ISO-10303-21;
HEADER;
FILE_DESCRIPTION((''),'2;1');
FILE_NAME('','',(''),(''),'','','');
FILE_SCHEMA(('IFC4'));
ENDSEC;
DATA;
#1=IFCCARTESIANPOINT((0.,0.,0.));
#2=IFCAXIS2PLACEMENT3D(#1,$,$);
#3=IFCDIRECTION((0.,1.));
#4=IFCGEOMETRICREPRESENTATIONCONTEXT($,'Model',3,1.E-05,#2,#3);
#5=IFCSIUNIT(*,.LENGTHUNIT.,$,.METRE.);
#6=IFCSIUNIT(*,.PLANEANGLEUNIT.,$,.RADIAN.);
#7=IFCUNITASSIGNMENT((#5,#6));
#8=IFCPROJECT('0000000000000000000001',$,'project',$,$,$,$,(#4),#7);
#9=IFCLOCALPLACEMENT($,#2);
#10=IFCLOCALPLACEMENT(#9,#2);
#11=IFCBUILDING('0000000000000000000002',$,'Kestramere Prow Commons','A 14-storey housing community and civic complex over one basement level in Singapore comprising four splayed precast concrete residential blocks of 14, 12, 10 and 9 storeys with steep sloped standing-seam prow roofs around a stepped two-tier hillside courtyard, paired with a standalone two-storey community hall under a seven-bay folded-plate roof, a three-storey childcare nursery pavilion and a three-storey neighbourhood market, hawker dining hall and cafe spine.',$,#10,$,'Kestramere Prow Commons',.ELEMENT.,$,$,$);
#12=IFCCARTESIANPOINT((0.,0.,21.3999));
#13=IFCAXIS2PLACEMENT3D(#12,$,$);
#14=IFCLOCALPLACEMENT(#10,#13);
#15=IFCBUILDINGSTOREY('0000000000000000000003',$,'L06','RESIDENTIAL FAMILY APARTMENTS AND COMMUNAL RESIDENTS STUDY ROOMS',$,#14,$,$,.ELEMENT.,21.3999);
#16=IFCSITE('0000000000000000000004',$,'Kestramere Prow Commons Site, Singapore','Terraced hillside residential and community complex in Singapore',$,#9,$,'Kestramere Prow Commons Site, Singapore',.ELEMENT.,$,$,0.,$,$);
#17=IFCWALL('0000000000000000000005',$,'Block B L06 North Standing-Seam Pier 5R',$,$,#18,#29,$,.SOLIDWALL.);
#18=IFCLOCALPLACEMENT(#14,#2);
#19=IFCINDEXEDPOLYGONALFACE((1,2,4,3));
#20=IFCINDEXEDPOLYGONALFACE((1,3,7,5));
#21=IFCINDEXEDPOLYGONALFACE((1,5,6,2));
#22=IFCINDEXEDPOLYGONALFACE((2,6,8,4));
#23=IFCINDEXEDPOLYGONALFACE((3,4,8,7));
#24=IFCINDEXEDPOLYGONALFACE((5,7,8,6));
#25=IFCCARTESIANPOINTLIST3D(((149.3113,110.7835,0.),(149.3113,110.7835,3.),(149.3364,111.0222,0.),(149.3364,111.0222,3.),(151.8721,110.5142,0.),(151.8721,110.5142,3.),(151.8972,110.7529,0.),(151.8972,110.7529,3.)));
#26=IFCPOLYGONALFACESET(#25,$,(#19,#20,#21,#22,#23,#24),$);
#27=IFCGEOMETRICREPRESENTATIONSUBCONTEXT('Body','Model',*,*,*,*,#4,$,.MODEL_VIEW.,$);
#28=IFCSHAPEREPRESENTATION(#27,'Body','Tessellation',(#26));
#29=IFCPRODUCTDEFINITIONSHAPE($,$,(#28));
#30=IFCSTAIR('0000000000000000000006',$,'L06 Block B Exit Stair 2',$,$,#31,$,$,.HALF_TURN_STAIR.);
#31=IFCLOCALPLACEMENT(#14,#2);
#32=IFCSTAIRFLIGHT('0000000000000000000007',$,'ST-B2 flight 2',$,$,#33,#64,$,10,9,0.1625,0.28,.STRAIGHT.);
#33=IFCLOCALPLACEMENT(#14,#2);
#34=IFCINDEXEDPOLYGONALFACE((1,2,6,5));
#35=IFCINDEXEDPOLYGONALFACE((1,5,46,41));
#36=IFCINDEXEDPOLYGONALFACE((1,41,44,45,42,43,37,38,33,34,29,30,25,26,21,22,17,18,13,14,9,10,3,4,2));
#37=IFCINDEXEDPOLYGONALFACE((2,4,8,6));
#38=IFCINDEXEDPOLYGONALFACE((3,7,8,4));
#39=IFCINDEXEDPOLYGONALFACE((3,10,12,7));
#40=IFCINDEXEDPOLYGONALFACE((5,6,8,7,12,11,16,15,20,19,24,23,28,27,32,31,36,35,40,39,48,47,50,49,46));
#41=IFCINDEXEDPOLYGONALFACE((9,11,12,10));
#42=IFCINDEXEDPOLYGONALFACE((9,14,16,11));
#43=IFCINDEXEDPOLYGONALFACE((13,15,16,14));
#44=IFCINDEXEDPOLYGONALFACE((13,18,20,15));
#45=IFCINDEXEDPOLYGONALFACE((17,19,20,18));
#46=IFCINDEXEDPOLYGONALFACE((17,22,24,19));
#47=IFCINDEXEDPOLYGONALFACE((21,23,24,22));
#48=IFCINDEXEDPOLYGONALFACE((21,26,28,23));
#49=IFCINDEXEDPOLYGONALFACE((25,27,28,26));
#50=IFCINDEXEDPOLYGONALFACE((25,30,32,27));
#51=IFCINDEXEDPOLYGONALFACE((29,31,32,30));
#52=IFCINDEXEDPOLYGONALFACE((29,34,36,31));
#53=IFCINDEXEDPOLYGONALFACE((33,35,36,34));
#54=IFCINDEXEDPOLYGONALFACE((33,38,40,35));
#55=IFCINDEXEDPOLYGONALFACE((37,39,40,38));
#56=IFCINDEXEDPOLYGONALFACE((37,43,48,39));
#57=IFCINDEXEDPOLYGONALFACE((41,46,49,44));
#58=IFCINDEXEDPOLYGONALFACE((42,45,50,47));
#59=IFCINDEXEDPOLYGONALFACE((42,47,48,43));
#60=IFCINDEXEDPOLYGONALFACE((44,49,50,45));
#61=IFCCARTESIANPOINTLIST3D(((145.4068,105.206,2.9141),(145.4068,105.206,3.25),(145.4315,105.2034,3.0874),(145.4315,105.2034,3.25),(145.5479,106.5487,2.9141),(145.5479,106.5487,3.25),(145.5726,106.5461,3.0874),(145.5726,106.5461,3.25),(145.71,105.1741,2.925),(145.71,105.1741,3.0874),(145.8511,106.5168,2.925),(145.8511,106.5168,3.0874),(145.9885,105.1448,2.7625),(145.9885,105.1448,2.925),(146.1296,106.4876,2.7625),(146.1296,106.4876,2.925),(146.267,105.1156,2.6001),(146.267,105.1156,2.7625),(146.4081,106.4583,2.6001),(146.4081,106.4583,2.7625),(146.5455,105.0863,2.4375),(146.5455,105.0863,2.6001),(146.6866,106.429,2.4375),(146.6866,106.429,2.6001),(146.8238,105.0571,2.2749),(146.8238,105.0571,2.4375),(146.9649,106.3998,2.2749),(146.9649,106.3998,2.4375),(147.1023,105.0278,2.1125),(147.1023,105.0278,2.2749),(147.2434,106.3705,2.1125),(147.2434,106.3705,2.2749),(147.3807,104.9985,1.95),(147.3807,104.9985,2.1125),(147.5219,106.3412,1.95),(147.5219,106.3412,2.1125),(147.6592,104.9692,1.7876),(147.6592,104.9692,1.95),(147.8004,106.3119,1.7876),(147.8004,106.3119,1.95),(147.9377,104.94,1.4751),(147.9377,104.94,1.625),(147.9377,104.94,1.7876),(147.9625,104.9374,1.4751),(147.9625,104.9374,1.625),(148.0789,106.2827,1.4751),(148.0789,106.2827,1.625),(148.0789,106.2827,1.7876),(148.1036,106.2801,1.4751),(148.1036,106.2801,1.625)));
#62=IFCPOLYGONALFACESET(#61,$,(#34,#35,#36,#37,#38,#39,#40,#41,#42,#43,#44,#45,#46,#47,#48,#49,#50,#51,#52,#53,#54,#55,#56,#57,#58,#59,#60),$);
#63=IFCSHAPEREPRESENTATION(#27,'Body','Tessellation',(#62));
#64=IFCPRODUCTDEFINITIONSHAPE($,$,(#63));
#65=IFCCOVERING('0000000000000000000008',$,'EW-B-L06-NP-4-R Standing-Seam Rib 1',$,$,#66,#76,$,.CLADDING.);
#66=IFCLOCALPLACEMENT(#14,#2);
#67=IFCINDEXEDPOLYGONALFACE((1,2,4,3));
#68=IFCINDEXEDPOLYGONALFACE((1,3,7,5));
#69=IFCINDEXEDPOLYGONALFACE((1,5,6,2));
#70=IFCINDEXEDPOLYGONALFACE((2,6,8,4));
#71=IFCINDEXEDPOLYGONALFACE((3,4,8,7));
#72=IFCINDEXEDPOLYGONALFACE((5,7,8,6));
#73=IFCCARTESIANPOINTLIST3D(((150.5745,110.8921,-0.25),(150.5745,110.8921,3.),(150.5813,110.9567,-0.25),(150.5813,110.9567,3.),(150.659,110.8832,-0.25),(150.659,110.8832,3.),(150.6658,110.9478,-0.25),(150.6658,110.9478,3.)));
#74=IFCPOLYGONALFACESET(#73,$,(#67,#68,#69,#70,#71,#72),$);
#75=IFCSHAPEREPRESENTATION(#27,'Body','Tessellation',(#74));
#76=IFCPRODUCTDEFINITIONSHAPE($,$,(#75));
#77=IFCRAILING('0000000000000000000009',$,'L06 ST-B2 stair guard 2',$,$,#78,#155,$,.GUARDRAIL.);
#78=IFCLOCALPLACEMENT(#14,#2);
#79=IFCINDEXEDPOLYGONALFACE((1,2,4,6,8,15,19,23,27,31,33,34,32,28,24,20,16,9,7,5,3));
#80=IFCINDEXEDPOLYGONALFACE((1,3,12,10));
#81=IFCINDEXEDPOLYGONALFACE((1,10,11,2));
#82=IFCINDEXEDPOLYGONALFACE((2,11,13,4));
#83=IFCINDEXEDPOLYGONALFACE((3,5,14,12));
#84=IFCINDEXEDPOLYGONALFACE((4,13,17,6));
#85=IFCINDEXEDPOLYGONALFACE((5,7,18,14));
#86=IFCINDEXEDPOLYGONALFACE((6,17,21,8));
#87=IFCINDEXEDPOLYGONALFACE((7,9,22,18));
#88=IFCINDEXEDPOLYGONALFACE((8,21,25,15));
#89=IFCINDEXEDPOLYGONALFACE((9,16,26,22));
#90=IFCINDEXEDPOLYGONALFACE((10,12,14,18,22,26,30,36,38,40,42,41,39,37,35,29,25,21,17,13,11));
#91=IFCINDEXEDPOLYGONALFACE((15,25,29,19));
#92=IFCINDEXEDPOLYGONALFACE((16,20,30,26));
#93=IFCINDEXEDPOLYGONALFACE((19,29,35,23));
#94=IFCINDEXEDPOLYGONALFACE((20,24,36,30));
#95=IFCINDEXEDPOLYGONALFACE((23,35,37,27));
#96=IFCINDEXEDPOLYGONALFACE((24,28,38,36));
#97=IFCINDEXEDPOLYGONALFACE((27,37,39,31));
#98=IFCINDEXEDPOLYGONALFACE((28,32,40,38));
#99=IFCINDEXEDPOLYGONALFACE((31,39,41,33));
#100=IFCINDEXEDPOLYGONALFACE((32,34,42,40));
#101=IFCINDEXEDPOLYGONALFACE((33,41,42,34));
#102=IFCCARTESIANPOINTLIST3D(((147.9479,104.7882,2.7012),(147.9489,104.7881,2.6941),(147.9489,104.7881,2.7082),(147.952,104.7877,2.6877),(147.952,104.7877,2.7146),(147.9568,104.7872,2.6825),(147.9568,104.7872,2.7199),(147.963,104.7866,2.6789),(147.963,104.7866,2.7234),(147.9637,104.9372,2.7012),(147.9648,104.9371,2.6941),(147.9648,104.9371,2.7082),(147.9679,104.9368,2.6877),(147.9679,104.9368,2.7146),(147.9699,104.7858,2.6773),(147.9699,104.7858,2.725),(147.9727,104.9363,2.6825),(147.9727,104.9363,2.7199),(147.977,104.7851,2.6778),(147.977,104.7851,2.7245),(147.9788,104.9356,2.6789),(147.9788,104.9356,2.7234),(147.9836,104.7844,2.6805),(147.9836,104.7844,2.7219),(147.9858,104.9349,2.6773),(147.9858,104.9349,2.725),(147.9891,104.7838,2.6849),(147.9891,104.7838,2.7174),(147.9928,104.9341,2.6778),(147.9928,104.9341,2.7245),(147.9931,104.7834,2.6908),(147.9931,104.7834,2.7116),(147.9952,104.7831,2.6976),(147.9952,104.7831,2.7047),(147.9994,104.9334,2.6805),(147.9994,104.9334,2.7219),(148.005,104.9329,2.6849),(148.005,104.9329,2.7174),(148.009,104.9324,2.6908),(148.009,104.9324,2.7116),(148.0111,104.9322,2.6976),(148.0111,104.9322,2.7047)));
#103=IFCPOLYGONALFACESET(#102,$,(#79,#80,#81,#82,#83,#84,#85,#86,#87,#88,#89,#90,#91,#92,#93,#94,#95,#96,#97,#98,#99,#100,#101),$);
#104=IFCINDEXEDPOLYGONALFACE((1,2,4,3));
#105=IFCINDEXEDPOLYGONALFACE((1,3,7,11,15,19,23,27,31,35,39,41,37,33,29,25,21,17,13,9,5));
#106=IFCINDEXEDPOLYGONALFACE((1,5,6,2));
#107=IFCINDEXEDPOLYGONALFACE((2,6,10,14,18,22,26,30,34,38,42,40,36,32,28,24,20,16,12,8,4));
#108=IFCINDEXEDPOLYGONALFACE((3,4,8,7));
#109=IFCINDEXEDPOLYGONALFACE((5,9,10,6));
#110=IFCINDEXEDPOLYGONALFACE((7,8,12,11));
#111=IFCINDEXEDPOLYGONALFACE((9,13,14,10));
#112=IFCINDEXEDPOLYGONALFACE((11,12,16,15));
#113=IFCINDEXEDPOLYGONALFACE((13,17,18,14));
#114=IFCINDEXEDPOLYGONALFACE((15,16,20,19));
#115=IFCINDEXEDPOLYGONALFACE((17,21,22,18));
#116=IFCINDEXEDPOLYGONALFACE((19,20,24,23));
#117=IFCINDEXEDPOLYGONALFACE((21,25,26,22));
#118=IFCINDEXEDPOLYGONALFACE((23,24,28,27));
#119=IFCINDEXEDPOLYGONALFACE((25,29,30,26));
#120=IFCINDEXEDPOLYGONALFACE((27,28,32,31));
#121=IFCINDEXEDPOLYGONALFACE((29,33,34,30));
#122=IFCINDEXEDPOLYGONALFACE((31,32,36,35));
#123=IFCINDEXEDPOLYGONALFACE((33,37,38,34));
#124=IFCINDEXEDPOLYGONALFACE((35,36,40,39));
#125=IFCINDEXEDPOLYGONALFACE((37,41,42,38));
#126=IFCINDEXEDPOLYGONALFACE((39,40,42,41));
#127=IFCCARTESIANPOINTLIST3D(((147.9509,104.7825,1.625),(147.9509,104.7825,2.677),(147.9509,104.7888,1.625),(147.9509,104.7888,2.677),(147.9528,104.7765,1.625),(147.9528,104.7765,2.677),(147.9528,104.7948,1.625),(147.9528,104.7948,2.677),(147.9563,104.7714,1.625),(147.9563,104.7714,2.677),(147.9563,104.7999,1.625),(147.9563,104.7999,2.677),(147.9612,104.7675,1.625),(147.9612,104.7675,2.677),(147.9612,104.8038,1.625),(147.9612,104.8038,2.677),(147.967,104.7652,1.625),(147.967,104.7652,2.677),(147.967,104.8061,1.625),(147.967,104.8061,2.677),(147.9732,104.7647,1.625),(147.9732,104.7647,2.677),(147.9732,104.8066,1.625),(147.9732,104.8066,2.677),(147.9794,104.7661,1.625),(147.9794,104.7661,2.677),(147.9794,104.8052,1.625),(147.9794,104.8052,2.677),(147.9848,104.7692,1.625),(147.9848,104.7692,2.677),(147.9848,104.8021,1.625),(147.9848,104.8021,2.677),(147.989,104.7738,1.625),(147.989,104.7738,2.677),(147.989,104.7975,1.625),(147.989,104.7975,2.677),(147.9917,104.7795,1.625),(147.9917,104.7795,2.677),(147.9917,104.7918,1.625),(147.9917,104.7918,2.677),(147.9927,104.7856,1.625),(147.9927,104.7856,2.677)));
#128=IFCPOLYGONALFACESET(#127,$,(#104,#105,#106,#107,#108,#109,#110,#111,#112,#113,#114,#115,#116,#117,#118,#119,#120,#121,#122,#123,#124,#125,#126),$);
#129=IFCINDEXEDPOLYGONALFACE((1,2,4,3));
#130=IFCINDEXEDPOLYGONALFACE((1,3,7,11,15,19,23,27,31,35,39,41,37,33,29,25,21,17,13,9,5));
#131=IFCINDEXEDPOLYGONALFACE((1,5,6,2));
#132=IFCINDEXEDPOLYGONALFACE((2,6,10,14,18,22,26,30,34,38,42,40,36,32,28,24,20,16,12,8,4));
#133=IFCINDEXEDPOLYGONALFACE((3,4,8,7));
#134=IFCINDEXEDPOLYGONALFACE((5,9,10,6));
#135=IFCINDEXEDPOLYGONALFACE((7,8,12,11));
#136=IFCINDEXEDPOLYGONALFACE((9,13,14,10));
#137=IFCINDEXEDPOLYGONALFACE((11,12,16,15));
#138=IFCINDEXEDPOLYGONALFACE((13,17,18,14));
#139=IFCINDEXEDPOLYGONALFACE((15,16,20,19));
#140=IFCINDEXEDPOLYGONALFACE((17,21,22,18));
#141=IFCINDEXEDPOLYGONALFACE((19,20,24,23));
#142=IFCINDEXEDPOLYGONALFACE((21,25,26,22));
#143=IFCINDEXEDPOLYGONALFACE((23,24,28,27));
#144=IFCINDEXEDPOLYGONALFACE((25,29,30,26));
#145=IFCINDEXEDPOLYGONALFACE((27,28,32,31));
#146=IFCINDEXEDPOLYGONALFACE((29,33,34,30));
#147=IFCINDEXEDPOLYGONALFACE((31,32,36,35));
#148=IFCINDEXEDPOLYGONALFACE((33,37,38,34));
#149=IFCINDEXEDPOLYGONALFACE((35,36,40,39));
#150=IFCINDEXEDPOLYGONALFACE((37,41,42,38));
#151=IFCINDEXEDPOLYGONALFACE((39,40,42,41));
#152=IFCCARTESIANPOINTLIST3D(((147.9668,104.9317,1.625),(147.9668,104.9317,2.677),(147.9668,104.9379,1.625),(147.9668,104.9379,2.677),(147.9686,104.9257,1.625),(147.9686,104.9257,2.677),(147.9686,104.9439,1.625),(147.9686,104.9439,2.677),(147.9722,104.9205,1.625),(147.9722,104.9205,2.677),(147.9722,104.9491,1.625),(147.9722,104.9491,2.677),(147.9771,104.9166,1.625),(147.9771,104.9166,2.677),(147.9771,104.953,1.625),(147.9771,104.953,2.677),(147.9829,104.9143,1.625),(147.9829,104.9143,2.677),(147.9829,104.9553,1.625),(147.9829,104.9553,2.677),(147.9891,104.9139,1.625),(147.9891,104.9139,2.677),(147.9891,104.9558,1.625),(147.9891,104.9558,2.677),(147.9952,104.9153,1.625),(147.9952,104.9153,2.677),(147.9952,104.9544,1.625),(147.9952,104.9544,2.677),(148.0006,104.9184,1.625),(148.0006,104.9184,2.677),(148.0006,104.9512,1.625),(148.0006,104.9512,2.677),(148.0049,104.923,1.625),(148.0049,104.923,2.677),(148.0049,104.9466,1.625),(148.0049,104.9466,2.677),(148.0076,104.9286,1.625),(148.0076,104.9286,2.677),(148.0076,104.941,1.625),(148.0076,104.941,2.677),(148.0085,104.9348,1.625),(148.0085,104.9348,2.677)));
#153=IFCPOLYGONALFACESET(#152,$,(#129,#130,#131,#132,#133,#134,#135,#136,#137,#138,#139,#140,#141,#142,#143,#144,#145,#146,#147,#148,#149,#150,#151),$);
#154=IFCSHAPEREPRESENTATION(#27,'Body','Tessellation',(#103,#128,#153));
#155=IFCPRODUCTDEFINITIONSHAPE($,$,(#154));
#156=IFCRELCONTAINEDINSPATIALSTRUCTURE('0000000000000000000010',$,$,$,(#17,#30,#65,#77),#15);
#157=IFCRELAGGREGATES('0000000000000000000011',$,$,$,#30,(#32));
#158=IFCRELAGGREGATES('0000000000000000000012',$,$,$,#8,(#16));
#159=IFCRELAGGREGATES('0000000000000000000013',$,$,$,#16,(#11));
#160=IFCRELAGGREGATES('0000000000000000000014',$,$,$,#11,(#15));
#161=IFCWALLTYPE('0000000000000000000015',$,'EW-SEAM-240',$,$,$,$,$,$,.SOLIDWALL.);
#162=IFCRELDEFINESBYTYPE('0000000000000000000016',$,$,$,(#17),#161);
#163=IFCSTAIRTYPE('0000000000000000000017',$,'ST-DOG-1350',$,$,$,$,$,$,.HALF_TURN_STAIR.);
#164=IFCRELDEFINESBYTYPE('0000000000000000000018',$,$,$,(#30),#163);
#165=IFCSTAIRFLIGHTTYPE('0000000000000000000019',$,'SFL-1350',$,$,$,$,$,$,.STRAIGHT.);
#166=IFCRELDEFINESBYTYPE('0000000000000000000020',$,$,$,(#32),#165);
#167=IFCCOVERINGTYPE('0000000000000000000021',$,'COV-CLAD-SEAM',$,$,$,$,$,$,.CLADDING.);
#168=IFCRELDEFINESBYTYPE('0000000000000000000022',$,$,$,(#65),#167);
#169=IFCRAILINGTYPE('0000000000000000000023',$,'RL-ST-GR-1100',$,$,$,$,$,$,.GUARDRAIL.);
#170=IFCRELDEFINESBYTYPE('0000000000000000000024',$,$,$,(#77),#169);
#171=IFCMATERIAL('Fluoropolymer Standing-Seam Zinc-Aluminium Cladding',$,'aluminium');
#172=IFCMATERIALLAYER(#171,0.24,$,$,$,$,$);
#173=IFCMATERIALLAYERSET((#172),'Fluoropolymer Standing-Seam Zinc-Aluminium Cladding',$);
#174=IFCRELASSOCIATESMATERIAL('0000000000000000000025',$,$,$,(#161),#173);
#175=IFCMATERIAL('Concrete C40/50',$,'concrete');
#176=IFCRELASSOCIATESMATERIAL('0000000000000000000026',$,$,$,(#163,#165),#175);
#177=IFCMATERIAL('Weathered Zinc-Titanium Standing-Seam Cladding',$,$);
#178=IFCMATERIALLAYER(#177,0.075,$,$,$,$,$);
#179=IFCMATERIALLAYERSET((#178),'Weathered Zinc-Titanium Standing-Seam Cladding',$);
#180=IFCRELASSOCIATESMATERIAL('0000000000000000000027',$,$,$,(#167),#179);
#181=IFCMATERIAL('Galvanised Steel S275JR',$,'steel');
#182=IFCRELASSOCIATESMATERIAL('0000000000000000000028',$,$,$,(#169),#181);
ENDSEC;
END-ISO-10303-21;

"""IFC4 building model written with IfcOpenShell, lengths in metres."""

from ifc_helpers import new_model, si_unit, direction, frame, frame_2d, origin, origin_2d, place, context, subcontext, project, spatial, polyline, rectangle, circle, outline, extrude, material, layer, layer_set, type_object, element, aggregate, save


model = new_model("IFC4")

# Units and contexts
model_context = context("Model", 3, precision=1e-05, world=origin(), true_north=direction((0.0, 1.0)))
body_context = subcontext(model_context, "Body", "Model", "MODEL_VIEW")
ifc_project = project(units=[si_unit("LENGTHUNIT", "METRE"), si_unit("PLANEANGLEUNIT", "RADIAN")], contexts=[model_context])

# Site, building, storey
site_placement = place(None, origin())
site = spatial("IfcSite", under=ifc_project, at=site_placement, Name="Kestramere Prow Commons Site, Singapore", Description="Terraced hillside residential and community complex in Singapore", LongName="Kestramere Prow Commons Site, Singapore", CompositionType="ELEMENT", RefElevation=0.0)
building_placement = place(site_placement, origin())
building = spatial("IfcBuilding", under=site, at=building_placement, Name="Kestramere Prow Commons", Description="A 14-storey housing community and civic complex over one basement level in Singapore comprising four splayed precast concrete residential blocks of 14, 12, 10 and 9 storeys with steep sloped standing-seam prow roofs around a stepped two-tier hillside courtyard, paired with a standalone two-storey community hall under a seven-bay folded-plate roof, a three-storey childcare nursery pavilion and a three-storey neighbourhood market, hawker dining hall and cafe spine.", LongName="Kestramere Prow Commons", CompositionType="ELEMENT")
storey_placement = place(building_placement, frame((0.0, 0.0, 21.3999)))
storey = spatial("IfcBuildingStorey", under=building, at=storey_placement, Name="L06", Description="RESIDENTIAL FAMILY APARTMENTS AND COMMUNAL RESIDENTS STUDY ROOMS", CompositionType="ELEMENT", Elevation=21.3999)

# Shared definitions
ifc_material_1 = material(Name="Concrete C40/50", Category="concrete")

# Wall
ifc_material_2 = material(Name="Fluoropolymer Standing-Seam Zinc-Aluminium Cladding", Category="aluminium")
ifc_layer_1 = layer(ifc_material_2, 0.24)
ifc_layer_set_1 = layer_set([ifc_layer_1], Name="Fluoropolymer Standing-Seam Zinc-Aluminium Cladding")
wall_type = type_object("IfcWallType", Name="EW-SEAM-240", PredefinedType="SOLIDWALL", material=ifc_layer_set_1)
wall_placement = place(storey_placement, frame((149.3237, 110.9028, 0.0), z_axis=(0.0, 0.0, 1.0), x_axis=(0.994516, -0.104581, 0.0)))
element("IfcWall", 1, at=wall_placement, inside=storey, type_object=wall_type, Name="Block B L06 North Standing-Seam Pier 5R", PredefinedType="SOLIDWALL", context=body_context, shape_type="SweptSolid", body=[
    extrude(rectangle(XDim=2.575, YDim=0.24, at=frame_2d((1.2876, 0.0))), origin(), (0.0, 0.0, 1.0), 3.0),
])

# Stair, stair flight
stair_type = type_object("IfcStairType", Name="ST-DOG-1350", PredefinedType="HALF_TURN_STAIR", material=ifc_material_1)
stair_placement = place(storey_placement, origin())
stair = element("IfcStair", 2, at=stair_placement, inside=storey, type_object=stair_type, Name="L06 Block B Exit Stair 2", PredefinedType="HALF_TURN_STAIR")
stair_flight_type = type_object("IfcStairFlightType", Name="SFL-1350", PredefinedType="STRAIGHT", material=ifc_material_1)
stair_flight_placement = place(storey_placement, frame((148.0083, 105.6113, 1.625), z_axis=(0.0, 0.0, 1.0), x_axis=(-0.994522, 0.104528, 0.0)))
stair_flight = element("IfcStairFlight", 3, at=stair_flight_placement, type_object=stair_flight_type, Name="ST-B2 flight 2", NumberOfRisers=10, NumberOfTreads=9, PredefinedType="STRAIGHT", RiserHeight=0.1625, TreadLength=0.28, context=body_context, shape_type="SweptSolid", body=[
    extrude(outline(polyline([(-0.0249, 0.0), (0.0, 0.0), (0.0, 0.1626), (0.28, 0.1626), (0.28, 0.325), (0.5601, 0.325), (0.5601, 0.4875), (0.8401, 0.4875), (0.8401, 0.6499), (1.1201, 0.6499), (1.1201, 0.8125), (1.3999, 0.8125), (1.3999, 0.9751), (1.6799, 0.9751), (1.6799, 1.1375), (1.96, 1.1375), (1.96, 1.3), (2.24, 1.3), (2.24, 1.4624), (2.52, 1.4624), (2.52, 1.625), (2.5449, 1.625), (2.5449, 1.2891), (0.0, -0.1499), (-0.0249, -0.1499), (-0.0249, 0.0)])), frame((0.0, 0.675, 0.0), z_axis=(0.0, -1.0, 0.0), x_axis=(1.0, 0.0, 0.0)), (0.0, 0.0, 1.0), 1.3501),
])
aggregate(stair, [stair_flight])

# Covering
ifc_material_3 = material(Name="Weathered Zinc-Titanium Standing-Seam Cladding")
ifc_layer_2 = layer(ifc_material_3, 0.075)
ifc_layer_set_2 = layer_set([ifc_layer_2], Name="Weathered Zinc-Titanium Standing-Seam Cladding")
covering_type = type_object("IfcCoveringType", Name="COV-CLAD-SEAM", PredefinedType="CLADDING", material=ifc_layer_set_2)
covering_placement = place(storey_placement, frame((150.6201, 110.9199, -0.25), z_axis=(0.0, 0.0, 1.0), x_axis=(0.994522, -0.104528, 0.0)))
element("IfcCovering", 4, at=covering_placement, inside=storey, type_object=covering_type, Name="EW-B-L06-NP-4-R Standing-Seam Rib 1", PredefinedType="CLADDING", context=body_context, shape_type="SweptSolid", body=[
    extrude(rectangle(XDim=0.085, YDim=0.0649, at=origin_2d()), origin(), (0.0, 0.0, 1.0), 3.25),
])

# Railing
ifc_material_4 = material(Name="Galvanised Steel S275JR", Category="steel")
railing_type_1 = type_object("IfcRailingType", Name="RL-ST-GR-1100", PredefinedType="GUARDRAIL", material=ifc_material_4)
railing_1_placement = place(storey_placement, frame((147.9717, 104.7856, 1.625)))
element("IfcRailing", 5, at=railing_1_placement, inside=storey, type_object=railing_type_1, Name="L06 ST-B2 stair guard 2", PredefinedType="GUARDRAIL", context=body_context, shape_type="SweptSolid", body=[
    extrude(circle(Radius=0.0239, at=origin_2d()), frame((0.0, 0.0, 1.0762), z_axis=(0.105786, 0.994389, 0.0), x_axis=(-0.994389, 0.105786, 0.0)), (0.0, 0.0, 1.0), 0.1499),
    extrude(circle(Radius=0.021, at=origin_2d()), origin(), (0.0, 0.0, 1.0), 1.052),
    extrude(circle(Radius=0.021, at=origin_2d()), frame((0.0159, 0.1492, 0.0)), (0.0, 0.0, 1.0), 1.052),
])

save(model, "model.ifc")
